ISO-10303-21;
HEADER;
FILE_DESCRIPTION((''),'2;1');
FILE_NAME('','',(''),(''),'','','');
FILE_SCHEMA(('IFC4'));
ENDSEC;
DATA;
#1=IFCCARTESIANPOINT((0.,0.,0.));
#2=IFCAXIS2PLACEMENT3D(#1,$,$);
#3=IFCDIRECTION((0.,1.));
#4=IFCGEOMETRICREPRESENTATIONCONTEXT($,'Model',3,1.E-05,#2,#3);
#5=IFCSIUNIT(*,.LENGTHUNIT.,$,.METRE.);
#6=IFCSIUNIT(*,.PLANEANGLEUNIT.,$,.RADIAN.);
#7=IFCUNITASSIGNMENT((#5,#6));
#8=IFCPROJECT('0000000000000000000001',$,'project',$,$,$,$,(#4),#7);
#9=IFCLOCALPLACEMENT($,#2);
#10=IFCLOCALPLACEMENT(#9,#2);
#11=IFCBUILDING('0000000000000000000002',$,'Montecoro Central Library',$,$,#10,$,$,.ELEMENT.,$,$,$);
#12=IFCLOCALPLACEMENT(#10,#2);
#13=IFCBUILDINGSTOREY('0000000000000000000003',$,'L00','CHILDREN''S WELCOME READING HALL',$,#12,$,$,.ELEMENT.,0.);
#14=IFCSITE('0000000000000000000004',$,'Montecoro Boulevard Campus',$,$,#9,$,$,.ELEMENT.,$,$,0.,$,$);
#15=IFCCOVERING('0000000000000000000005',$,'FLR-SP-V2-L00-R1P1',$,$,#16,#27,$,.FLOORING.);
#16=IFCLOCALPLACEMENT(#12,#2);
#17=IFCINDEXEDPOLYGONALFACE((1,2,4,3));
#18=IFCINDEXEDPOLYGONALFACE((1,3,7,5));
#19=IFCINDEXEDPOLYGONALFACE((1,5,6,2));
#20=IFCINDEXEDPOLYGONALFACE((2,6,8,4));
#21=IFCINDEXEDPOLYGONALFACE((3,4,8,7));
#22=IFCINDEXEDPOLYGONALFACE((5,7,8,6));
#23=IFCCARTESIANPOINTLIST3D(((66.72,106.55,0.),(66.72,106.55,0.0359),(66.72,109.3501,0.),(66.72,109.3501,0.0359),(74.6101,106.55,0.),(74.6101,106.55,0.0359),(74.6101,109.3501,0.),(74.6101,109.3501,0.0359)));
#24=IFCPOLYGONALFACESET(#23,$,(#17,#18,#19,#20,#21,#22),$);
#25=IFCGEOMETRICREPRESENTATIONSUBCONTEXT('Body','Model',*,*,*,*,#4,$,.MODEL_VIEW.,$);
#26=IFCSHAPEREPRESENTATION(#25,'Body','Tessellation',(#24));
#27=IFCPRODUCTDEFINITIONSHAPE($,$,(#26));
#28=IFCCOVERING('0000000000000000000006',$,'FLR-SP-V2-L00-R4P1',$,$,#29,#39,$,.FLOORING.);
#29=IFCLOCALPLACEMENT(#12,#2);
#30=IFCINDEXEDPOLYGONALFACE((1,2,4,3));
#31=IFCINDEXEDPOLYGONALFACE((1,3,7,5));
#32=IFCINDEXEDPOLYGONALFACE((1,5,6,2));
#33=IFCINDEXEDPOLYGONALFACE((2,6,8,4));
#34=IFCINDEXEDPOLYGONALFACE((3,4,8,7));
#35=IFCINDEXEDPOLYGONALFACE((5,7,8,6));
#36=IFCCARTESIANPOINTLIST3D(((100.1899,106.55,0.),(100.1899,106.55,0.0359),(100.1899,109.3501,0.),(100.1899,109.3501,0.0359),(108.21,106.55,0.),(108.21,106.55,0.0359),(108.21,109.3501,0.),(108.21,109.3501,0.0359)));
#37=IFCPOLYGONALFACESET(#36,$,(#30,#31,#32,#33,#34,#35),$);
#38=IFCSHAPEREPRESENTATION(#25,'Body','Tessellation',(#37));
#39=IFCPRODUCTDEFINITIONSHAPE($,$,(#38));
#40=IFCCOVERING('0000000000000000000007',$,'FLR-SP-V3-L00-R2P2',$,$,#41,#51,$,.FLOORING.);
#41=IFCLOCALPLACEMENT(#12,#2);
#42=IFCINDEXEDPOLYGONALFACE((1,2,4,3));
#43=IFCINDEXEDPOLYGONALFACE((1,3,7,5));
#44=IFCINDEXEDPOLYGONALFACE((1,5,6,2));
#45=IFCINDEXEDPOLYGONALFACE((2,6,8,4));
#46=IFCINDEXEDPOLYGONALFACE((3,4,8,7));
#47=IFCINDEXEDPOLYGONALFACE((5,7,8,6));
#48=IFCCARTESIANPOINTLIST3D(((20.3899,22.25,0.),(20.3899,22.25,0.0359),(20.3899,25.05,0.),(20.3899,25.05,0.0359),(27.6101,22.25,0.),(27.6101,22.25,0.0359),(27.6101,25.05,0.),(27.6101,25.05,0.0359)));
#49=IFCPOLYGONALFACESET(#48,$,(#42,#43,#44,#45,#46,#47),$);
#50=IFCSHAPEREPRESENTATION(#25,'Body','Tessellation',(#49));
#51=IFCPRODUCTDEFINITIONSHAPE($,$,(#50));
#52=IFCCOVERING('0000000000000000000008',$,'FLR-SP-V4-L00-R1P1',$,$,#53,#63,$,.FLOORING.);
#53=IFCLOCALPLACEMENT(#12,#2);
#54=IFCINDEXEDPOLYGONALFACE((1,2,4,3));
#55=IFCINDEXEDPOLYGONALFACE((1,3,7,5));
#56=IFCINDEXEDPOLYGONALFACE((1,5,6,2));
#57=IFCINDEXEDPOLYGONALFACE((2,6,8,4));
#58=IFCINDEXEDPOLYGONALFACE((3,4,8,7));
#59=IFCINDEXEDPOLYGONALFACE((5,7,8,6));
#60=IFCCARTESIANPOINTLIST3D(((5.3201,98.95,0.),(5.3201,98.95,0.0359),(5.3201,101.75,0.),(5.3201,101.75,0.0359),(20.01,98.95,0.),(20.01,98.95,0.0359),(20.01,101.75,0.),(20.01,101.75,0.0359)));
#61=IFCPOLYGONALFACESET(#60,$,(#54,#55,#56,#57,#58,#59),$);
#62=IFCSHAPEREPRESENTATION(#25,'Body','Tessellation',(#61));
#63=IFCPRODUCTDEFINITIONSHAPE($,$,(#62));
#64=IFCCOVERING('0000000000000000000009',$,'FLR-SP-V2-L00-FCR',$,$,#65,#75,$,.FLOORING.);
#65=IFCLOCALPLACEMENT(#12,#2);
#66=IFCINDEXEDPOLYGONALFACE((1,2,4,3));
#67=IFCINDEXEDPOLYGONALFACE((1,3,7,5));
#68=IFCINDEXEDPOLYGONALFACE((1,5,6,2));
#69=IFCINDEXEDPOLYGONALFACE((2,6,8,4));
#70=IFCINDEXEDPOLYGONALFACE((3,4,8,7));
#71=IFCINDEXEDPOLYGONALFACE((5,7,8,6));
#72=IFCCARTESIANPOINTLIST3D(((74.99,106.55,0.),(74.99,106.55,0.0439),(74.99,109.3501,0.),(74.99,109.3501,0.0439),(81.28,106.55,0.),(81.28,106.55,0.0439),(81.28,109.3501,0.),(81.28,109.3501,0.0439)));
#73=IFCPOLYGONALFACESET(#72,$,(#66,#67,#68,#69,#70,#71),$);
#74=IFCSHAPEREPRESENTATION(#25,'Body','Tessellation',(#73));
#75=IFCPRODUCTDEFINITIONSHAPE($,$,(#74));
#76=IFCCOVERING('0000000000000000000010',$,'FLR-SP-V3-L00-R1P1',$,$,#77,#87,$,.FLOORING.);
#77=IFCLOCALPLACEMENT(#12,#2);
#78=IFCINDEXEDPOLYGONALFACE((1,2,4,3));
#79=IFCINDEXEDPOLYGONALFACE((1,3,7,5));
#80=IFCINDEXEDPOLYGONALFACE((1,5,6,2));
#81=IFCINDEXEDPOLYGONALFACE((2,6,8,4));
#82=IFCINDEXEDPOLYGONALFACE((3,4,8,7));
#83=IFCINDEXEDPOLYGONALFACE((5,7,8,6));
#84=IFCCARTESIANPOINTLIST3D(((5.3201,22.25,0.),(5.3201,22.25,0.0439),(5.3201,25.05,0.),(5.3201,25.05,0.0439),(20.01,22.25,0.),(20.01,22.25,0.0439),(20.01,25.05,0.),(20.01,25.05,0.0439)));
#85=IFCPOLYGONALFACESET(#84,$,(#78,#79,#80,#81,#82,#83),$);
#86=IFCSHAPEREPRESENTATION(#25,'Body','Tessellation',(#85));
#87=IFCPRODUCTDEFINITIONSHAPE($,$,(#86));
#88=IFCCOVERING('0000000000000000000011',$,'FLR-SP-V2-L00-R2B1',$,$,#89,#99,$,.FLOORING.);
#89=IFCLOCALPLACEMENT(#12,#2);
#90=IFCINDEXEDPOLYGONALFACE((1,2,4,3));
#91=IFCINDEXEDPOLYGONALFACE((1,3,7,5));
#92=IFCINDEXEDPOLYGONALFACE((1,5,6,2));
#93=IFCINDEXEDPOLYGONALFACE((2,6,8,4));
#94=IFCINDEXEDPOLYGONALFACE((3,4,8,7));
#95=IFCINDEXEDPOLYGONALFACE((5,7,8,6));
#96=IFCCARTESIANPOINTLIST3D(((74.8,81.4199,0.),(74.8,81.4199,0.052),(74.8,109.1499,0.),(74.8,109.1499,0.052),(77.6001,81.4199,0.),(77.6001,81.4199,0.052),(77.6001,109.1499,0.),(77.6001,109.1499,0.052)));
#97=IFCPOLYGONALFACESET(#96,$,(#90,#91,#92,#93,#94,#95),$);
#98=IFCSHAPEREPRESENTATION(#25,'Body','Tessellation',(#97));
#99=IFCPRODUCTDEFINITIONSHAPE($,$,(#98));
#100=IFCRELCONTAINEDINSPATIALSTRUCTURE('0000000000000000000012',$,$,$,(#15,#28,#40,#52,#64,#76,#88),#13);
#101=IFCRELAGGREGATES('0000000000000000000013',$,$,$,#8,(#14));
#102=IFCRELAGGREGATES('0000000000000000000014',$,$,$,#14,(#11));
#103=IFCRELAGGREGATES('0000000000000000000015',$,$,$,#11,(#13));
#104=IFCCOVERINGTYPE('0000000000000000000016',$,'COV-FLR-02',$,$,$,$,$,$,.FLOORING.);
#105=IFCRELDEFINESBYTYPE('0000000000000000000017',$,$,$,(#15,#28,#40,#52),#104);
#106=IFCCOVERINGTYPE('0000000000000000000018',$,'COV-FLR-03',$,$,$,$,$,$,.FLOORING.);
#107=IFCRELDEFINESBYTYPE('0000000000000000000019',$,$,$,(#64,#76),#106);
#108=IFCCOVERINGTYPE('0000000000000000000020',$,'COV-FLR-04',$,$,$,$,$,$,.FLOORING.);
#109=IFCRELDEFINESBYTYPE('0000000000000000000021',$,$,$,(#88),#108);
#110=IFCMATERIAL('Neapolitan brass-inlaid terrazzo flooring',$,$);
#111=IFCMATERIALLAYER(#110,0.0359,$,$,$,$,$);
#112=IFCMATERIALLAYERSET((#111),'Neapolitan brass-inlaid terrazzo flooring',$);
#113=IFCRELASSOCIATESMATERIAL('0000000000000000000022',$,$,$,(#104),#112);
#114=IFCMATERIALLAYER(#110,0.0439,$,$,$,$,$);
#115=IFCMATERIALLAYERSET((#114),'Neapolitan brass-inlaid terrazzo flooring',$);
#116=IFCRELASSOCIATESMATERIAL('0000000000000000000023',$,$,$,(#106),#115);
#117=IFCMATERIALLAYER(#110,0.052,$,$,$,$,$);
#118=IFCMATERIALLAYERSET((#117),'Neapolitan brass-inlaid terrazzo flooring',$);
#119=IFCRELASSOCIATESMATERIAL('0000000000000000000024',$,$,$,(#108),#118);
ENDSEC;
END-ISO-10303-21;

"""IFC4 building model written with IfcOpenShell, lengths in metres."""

from ifc_helpers import new_model, si_unit, direction, origin, place, context, subcontext, project, spatial, polyline, outline, extrude, material, layer, layer_set, type_object, element, save


model = new_model("IFC4")

# Units and contexts
model_context = context("Model", 3, precision=1e-05, world=origin(), true_north=direction((0.0, 1.0)))
body_context = subcontext(model_context, "Body", "Model", "MODEL_VIEW")
ifc_project = project(units=[si_unit("LENGTHUNIT", "METRE"), si_unit("PLANEANGLEUNIT", "RADIAN")], contexts=[model_context])

# Site, building, storey
site_placement = place(None, origin())
site = spatial("IfcSite", under=ifc_project, at=site_placement, Name="Montecoro Boulevard Campus", CompositionType="ELEMENT", RefElevation=0.0)
building_placement = place(site_placement, origin())
building = spatial("IfcBuilding", under=site, at=building_placement, Name="Montecoro Central Library", CompositionType="ELEMENT")
storey_placement = place(building_placement, origin())
storey = spatial("IfcBuildingStorey", under=building, at=storey_placement, Name="L00", Description="CHILDREN'S WELCOME READING HALL", CompositionType="ELEMENT", Elevation=0.0)

# Coverings
ifc_material_1 = material(Name="Neapolitan brass-inlaid terrazzo flooring")
ifc_layer_1 = layer(ifc_material_1, 0.0359)
ifc_layer_set_1 = layer_set([ifc_layer_1], Name="Neapolitan brass-inlaid terrazzo flooring")
covering_type_1 = type_object("IfcCoveringType", Name="COV-FLR-02", PredefinedType="FLOORING", material=ifc_layer_set_1)
covering_1_placement = place(storey_placement, origin())
element("IfcCovering", 1, at=covering_1_placement, inside=storey, type_object=covering_type_1, Name="FLR-SP-V2-L00-R1P1", PredefinedType="FLOORING", context=body_context, shape_type="SweptSolid", body=[
    extrude(outline(polyline([(66.72, 106.55), (74.6101, 106.55), (74.6101, 109.3501), (66.72, 109.3501), (66.72, 106.55)])), origin(), (0.0, 0.0, 1.0), 0.0359),
])
covering_2_placement = place(storey_placement, origin())
element("IfcCovering", 2, at=covering_2_placement, inside=storey, type_object=covering_type_1, Name="FLR-SP-V2-L00-R4P1", PredefinedType="FLOORING", context=body_context, shape_type="SweptSolid", body=[
    extrude(outline(polyline([(100.1899, 106.55), (108.21, 106.55), (108.21, 109.3501), (100.1899, 109.3501), (100.1899, 106.55)])), origin(), (0.0, 0.0, 1.0), 0.0359),
])
covering_3_placement = place(storey_placement, origin())
element("IfcCovering", 3, at=covering_3_placement, inside=storey, type_object=covering_type_1, Name="FLR-SP-V3-L00-R2P2", PredefinedType="FLOORING", context=body_context, shape_type="SweptSolid", body=[
    extrude(outline(polyline([(20.3899, 22.25), (27.6101, 22.25), (27.6101, 25.05), (20.3899, 25.05), (20.3899, 22.25)])), origin(), (0.0, 0.0, 1.0), 0.0359),
])
covering_4_placement = place(storey_placement, origin())
element("IfcCovering", 4, at=covering_4_placement, inside=storey, type_object=covering_type_1, Name="FLR-SP-V4-L00-R1P1", PredefinedType="FLOORING", context=body_context, shape_type="SweptSolid", body=[
    extrude(outline(polyline([(5.3201, 98.95), (20.01, 98.95), (20.01, 101.75), (5.3201, 101.75), (5.3201, 98.95)])), origin(), (0.0, 0.0, 1.0), 0.0359),
])
ifc_layer_2 = layer(ifc_material_1, 0.0439)
ifc_layer_set_2 = layer_set([ifc_layer_2], Name="Neapolitan brass-inlaid terrazzo flooring")
covering_type_2 = type_object("IfcCoveringType", Name="COV-FLR-03", PredefinedType="FLOORING", material=ifc_layer_set_2)
covering_5_placement = place(storey_placement, origin())
element("IfcCovering", 5, at=covering_5_placement, inside=storey, type_object=covering_type_2, Name="FLR-SP-V2-L00-FCR", PredefinedType="FLOORING", context=body_context, shape_type="SweptSolid", body=[
    extrude(outline(polyline([(74.99, 106.55), (81.28, 106.55), (81.28, 109.3501), (74.99, 109.3501), (74.99, 106.55)])), origin(), (0.0, 0.0, 1.0), 0.0439),
])
covering_6_placement = place(storey_placement, origin())
element("IfcCovering", 6, at=covering_6_placement, inside=storey, type_object=covering_type_2, Name="FLR-SP-V3-L00-R1P1", PredefinedType="FLOORING", context=body_context, shape_type="SweptSolid", body=[
    extrude(outline(polyline([(5.3201, 22.25), (20.01, 22.25), (20.01, 25.05), (5.3201, 25.05), (5.3201, 22.25)])), origin(), (0.0, 0.0, 1.0), 0.0439),
])
ifc_layer_3 = layer(ifc_material_1, 0.052)
ifc_layer_set_3 = layer_set([ifc_layer_3], Name="Neapolitan brass-inlaid terrazzo flooring")
covering_type_3 = type_object("IfcCoveringType", Name="COV-FLR-04", PredefinedType="FLOORING", material=ifc_layer_set_3)
covering_7_placement = place(storey_placement, origin())
element("IfcCovering", 7, at=covering_7_placement, inside=storey, type_object=covering_type_3, Name="FLR-SP-V2-L00-R2B1", PredefinedType="FLOORING", context=body_context, shape_type="SweptSolid", body=[
    extrude(outline(polyline([(74.8, 81.4199), (77.6001, 81.4199), (77.6001, 109.1499), (74.8, 109.1499), (74.8, 81.4199)])), origin(), (0.0, 0.0, 1.0), 0.052),
])

save(model, "model.ifc")
